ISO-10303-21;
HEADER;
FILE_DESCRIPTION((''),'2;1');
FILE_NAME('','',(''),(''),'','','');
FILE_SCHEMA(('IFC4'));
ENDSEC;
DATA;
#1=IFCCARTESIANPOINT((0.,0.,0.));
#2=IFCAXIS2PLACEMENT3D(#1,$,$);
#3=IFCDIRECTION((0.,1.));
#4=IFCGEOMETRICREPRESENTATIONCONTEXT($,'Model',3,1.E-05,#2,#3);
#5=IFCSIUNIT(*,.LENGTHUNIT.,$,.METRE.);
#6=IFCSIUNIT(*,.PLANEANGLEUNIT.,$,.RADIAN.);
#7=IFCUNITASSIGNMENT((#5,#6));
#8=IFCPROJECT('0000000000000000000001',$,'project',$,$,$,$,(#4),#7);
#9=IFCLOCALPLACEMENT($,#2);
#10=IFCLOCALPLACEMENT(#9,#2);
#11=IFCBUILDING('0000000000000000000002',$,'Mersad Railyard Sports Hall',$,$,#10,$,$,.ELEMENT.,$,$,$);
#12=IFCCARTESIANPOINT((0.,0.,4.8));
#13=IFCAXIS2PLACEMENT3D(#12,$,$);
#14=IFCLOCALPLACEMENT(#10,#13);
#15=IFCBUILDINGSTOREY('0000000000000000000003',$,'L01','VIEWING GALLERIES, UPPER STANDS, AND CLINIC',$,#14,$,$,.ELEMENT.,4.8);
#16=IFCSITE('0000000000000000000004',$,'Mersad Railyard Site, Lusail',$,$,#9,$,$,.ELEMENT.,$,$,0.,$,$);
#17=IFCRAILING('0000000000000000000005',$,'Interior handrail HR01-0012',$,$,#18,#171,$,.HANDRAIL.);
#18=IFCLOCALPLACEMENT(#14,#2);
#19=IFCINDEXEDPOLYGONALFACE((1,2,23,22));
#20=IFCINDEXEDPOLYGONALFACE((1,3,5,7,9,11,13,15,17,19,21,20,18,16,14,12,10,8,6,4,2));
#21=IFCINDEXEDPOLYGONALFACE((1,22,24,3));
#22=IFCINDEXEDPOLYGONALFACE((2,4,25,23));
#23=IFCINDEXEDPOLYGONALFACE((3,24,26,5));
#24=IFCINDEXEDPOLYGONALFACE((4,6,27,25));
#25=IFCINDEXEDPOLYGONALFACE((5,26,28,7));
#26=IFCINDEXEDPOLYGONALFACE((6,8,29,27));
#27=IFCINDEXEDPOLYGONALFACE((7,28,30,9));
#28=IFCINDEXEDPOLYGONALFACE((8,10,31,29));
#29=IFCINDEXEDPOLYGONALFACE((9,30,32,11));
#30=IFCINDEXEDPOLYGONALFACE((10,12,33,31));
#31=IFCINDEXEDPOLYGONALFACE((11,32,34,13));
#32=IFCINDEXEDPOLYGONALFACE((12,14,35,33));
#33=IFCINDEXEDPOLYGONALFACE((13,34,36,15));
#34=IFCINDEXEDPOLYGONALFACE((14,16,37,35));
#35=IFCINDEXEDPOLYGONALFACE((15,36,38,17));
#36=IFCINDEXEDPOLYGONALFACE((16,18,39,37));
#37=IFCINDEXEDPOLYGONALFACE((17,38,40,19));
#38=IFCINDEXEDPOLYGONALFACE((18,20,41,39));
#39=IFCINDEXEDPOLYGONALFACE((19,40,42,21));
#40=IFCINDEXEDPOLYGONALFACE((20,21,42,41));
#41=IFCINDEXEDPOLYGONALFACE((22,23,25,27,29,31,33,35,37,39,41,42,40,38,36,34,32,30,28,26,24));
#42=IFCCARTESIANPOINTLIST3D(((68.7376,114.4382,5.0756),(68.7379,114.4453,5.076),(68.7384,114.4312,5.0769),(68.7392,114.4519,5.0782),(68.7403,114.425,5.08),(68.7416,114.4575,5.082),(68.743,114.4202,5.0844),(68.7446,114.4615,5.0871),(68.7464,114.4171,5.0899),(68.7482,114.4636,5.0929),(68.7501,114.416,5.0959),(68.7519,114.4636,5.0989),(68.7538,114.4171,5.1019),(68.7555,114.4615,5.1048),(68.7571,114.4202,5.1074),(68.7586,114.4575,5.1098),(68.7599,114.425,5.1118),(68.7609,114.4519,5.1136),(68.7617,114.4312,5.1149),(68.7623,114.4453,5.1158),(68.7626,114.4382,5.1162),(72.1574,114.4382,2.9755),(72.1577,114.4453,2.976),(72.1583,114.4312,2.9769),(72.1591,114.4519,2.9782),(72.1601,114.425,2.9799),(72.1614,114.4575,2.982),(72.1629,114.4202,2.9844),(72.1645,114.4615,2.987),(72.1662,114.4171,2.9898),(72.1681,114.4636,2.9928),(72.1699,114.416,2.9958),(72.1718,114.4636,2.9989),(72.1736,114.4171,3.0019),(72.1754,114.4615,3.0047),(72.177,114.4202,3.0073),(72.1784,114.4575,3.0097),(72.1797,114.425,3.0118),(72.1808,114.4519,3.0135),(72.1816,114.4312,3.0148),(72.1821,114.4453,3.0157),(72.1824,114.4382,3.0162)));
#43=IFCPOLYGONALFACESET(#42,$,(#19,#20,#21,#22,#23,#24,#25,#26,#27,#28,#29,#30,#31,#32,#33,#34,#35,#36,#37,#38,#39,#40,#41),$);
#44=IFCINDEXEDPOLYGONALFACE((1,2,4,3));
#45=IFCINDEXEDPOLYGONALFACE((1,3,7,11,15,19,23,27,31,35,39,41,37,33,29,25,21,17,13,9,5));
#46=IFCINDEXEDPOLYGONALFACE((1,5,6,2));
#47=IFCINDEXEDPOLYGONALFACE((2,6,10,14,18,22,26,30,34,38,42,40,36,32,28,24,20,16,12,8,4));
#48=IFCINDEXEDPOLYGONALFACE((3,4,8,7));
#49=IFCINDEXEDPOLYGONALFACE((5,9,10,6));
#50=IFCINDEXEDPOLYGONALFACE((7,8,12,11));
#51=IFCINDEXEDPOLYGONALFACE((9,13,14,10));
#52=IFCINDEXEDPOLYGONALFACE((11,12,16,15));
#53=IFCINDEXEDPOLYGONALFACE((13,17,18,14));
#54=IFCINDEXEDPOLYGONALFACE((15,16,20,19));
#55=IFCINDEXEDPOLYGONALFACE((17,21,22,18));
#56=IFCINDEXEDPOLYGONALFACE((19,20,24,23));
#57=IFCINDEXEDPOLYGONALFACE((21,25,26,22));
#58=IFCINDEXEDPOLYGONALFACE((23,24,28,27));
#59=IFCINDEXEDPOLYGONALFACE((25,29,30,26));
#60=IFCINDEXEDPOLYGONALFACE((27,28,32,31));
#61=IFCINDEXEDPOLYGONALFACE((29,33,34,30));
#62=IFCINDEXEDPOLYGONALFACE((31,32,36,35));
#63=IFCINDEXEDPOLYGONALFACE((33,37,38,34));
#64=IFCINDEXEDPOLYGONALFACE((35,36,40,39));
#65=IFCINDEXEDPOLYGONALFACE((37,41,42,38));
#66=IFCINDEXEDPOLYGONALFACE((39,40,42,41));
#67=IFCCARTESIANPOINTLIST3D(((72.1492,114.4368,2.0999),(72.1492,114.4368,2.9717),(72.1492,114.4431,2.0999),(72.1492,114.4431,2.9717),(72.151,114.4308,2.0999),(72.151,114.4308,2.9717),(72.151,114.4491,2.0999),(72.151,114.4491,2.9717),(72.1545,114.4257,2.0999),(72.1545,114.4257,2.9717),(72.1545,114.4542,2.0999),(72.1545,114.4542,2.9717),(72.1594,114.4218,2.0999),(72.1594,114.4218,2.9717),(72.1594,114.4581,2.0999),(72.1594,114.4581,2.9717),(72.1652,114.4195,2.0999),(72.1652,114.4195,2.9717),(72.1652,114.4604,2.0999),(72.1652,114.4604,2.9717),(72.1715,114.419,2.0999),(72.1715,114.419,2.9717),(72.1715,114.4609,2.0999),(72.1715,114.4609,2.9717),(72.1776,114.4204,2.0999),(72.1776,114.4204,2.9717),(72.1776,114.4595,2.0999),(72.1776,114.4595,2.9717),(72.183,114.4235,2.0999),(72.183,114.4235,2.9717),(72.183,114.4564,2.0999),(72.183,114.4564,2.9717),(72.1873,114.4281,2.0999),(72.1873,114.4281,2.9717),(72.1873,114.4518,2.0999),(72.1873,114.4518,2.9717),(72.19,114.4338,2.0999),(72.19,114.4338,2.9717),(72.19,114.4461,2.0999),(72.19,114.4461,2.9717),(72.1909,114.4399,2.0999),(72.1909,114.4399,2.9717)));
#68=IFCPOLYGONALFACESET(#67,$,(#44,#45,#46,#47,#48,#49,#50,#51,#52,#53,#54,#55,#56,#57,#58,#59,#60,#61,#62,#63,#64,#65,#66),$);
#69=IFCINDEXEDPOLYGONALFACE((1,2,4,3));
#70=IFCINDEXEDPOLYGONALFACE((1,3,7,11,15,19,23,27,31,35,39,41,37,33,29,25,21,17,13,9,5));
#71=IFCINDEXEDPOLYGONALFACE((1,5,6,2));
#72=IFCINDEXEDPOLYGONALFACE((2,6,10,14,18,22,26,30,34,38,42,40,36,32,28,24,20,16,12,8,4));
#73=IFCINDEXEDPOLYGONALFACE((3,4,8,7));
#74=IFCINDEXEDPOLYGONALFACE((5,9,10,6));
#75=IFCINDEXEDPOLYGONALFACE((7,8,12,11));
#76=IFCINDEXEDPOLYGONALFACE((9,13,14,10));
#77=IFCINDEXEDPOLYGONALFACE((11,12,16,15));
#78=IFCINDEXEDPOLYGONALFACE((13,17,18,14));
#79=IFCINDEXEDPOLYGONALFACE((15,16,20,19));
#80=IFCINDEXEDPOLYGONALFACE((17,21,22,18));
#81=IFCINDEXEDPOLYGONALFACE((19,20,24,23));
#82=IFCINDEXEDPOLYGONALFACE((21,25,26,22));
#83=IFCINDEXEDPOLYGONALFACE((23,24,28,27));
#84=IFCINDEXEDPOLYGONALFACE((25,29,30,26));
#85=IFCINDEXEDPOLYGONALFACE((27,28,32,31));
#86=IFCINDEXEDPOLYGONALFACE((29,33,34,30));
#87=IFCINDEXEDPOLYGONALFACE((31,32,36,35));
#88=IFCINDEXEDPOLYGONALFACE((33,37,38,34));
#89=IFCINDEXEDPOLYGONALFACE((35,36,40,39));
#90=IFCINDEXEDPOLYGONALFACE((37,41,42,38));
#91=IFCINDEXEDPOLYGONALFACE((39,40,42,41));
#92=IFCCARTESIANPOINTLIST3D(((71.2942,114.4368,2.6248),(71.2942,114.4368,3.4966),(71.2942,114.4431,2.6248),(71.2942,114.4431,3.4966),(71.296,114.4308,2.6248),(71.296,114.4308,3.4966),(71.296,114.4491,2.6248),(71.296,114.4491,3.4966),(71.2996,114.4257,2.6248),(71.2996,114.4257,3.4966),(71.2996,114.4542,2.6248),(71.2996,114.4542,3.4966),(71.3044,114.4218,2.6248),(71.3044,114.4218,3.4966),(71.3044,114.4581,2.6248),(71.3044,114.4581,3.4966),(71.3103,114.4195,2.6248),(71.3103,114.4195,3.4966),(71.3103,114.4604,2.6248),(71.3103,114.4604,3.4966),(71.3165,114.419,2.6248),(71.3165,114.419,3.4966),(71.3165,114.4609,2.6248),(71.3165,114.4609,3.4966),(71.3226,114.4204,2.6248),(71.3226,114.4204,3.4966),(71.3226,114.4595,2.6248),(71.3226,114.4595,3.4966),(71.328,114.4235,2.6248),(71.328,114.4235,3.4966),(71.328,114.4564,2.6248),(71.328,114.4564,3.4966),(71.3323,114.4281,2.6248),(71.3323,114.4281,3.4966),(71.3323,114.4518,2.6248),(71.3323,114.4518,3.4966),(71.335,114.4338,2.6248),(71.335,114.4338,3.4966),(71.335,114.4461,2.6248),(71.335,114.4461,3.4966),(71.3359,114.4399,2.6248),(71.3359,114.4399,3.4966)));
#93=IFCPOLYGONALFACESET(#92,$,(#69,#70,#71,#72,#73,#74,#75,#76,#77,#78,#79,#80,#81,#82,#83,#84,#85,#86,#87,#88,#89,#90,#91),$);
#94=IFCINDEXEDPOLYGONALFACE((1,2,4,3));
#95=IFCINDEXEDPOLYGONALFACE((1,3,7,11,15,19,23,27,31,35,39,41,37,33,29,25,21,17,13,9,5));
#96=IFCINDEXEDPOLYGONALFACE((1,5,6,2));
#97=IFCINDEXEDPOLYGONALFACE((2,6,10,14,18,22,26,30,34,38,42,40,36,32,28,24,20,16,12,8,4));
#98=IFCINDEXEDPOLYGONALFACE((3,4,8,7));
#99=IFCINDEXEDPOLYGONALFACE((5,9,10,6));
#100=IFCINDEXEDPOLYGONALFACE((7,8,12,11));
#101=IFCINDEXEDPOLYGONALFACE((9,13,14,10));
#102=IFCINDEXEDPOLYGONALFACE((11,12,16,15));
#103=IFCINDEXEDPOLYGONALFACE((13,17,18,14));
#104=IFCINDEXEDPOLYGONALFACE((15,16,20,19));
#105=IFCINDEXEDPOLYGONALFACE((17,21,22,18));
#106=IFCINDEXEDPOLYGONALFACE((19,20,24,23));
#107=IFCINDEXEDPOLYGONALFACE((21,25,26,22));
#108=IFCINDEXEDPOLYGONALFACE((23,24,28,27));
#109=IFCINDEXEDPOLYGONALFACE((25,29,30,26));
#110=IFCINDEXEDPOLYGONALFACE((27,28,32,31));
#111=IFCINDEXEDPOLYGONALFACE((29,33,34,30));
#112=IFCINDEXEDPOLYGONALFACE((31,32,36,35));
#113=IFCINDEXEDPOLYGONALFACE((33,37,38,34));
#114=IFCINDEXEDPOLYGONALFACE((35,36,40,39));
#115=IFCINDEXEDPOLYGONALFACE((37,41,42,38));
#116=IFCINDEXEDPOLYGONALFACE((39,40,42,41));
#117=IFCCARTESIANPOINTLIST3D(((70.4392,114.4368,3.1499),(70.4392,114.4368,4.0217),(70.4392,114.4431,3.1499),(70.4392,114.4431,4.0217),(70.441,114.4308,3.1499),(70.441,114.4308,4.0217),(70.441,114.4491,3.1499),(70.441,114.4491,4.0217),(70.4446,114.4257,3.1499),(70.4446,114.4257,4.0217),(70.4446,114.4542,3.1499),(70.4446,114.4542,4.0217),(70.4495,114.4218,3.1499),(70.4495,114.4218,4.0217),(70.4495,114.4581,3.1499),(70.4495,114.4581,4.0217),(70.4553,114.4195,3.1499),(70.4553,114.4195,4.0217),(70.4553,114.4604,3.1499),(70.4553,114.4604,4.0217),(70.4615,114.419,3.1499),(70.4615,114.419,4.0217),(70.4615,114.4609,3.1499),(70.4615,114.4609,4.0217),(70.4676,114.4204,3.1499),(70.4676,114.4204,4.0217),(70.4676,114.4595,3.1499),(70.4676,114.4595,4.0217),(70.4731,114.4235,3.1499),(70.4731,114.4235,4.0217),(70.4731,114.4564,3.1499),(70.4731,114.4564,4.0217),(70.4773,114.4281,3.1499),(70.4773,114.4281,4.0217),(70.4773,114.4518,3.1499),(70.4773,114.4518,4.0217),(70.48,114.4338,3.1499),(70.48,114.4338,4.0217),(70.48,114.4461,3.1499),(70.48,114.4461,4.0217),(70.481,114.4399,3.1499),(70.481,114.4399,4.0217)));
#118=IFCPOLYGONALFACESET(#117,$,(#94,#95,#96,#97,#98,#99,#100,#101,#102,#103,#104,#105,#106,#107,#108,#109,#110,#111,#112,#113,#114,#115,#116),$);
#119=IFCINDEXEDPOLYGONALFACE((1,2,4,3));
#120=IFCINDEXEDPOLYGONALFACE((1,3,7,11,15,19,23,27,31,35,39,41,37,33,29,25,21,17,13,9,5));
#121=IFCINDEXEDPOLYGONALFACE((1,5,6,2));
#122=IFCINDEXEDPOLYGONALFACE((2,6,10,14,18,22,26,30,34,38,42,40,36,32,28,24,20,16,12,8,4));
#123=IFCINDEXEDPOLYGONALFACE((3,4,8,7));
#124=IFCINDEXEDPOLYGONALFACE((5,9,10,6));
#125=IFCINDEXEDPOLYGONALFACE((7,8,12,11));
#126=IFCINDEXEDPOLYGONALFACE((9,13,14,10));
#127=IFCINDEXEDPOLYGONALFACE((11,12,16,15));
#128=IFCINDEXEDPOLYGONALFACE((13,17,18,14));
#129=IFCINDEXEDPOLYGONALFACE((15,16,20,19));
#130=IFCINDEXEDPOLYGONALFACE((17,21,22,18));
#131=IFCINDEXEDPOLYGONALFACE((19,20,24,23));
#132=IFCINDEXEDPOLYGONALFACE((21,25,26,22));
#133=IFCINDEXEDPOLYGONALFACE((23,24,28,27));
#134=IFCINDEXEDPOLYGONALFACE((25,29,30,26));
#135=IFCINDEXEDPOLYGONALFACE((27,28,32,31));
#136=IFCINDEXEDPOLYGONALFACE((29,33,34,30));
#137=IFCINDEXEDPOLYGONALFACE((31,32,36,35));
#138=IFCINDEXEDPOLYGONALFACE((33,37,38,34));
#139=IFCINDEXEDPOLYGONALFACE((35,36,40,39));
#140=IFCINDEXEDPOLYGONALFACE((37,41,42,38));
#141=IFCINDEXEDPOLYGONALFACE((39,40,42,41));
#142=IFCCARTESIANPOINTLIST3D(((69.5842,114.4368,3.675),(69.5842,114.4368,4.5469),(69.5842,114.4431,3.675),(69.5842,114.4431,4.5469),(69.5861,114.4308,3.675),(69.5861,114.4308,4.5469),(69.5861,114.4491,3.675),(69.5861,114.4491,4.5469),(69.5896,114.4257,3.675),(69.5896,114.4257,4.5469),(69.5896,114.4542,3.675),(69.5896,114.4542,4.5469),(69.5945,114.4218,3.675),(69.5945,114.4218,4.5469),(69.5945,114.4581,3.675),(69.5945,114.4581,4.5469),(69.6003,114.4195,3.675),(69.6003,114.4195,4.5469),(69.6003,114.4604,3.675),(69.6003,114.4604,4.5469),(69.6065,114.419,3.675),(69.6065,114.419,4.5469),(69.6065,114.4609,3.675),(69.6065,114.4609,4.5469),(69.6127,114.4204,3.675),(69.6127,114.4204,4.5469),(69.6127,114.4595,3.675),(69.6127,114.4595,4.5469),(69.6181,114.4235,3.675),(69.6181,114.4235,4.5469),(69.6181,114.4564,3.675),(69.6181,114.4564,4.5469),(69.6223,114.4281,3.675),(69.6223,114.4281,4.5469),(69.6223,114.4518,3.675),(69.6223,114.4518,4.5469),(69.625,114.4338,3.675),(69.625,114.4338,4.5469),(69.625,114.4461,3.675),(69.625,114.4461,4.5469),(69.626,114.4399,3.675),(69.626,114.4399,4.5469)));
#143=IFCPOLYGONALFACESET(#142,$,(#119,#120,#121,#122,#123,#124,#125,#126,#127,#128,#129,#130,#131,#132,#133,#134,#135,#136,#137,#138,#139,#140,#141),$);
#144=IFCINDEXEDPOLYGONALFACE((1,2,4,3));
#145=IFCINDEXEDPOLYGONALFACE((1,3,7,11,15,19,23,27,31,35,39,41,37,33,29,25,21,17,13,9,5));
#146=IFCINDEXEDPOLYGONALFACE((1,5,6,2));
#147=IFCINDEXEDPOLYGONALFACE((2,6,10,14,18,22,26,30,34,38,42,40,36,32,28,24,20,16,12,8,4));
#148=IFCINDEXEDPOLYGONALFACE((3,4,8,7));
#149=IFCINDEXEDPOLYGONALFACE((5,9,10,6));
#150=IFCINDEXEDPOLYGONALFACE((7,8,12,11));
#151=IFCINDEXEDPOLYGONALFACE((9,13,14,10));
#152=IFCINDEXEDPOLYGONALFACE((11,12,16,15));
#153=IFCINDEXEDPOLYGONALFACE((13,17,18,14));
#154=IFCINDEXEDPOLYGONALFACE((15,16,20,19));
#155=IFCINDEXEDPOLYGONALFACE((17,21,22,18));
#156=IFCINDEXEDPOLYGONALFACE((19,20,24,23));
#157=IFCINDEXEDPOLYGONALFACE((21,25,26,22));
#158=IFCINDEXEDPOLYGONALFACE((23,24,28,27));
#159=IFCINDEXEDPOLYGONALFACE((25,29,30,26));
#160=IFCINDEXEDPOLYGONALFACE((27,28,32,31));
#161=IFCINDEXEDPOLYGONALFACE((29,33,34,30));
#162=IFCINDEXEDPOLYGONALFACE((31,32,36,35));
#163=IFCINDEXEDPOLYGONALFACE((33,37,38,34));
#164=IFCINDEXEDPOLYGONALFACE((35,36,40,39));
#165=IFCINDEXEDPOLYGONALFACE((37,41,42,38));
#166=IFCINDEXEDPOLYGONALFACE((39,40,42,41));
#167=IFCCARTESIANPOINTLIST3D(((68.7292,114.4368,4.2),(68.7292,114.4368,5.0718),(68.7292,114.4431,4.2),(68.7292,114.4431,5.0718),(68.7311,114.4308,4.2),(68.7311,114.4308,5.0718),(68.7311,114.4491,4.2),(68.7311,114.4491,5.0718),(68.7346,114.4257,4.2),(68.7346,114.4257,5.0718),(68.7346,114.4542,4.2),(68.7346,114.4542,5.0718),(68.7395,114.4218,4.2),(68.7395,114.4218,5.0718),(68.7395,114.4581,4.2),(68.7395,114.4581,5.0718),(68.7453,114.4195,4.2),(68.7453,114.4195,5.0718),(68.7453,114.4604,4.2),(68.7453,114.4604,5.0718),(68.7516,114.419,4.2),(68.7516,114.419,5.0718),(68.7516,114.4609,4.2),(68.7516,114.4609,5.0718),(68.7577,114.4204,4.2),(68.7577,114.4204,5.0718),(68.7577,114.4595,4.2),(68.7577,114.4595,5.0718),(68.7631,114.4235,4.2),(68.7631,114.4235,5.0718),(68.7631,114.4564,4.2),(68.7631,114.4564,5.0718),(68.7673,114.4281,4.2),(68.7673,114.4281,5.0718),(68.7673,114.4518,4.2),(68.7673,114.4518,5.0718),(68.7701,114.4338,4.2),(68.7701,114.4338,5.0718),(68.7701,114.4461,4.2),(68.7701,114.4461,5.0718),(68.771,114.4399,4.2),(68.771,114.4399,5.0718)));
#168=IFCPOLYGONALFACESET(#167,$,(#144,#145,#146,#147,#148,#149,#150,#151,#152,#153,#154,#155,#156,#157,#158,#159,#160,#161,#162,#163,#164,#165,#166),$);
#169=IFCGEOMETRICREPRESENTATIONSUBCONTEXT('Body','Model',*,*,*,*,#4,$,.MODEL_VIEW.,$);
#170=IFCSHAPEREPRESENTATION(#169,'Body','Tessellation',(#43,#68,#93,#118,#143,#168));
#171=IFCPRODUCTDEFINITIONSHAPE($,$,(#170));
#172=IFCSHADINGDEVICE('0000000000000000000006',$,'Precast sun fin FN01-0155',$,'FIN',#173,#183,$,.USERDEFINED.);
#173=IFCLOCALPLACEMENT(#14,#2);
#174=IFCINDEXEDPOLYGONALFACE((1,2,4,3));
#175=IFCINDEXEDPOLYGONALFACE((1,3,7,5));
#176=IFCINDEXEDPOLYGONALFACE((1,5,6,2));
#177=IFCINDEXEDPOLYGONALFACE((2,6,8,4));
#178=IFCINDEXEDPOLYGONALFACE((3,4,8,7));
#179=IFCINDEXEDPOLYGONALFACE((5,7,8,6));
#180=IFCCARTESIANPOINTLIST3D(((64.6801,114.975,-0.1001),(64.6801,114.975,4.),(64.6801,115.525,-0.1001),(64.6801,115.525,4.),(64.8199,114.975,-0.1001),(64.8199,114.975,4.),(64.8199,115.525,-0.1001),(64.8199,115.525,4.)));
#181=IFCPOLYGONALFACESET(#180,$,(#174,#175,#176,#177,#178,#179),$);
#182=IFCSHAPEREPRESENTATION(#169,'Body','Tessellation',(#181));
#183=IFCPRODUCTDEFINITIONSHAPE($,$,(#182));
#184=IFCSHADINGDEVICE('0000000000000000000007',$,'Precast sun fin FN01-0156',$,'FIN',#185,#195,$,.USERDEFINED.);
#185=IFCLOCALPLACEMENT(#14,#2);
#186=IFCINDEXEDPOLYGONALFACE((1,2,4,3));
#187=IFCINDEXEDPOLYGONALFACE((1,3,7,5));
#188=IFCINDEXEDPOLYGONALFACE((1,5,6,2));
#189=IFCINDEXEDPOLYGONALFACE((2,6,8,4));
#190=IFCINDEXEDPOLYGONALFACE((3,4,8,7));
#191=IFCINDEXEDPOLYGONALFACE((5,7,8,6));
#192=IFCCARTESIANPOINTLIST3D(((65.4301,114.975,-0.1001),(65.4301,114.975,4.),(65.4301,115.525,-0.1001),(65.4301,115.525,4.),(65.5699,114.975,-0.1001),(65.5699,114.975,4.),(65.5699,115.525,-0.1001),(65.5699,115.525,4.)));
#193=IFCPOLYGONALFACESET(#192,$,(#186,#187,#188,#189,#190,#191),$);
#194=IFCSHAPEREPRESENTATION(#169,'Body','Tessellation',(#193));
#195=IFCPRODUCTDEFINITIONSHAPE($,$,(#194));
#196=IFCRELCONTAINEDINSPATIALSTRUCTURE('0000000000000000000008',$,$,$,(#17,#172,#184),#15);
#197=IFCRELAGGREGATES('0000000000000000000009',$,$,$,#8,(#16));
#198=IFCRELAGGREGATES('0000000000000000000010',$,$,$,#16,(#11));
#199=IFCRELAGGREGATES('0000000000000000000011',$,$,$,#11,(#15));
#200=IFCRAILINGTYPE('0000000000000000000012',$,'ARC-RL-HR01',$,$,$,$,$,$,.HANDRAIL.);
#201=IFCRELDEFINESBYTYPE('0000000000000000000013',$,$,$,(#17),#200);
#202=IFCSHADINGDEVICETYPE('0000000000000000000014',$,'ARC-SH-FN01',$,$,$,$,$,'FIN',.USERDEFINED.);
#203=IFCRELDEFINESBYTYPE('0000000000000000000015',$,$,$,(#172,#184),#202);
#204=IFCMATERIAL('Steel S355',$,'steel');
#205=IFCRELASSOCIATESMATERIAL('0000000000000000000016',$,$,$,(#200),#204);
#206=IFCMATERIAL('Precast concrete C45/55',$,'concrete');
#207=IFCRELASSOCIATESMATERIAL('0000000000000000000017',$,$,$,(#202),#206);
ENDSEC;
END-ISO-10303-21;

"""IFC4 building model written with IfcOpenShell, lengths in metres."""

from ifc_helpers import new_model, si_unit, direction, frame, origin, origin_2d, place, context, subcontext, project, spatial, rectangle, circle, extrude, material, type_object, element, save


model = new_model("IFC4")

# Units and contexts
model_context = context("Model", 3, precision=1e-05, world=origin(), true_north=direction((0.0, 1.0)))
body_context = subcontext(model_context, "Body", "Model", "MODEL_VIEW")
ifc_project = project(units=[si_unit("LENGTHUNIT", "METRE"), si_unit("PLANEANGLEUNIT", "RADIAN")], contexts=[model_context])

# Site, building, storey
site_placement = place(None, origin())
site = spatial("IfcSite", under=ifc_project, at=site_placement, Name="Mersad Railyard Site, Lusail", CompositionType="ELEMENT", RefElevation=0.0)
building_placement = place(site_placement, origin())
building = spatial("IfcBuilding", under=site, at=building_placement, Name="Mersad Railyard Sports Hall", CompositionType="ELEMENT")
storey_placement = place(building_placement, frame((0.0, 0.0, 4.8)))
storey = spatial("IfcBuildingStorey", under=building, at=storey_placement, Name="L01", Description="VIEWING GALLERIES, UPPER STANDS, AND CLINIC", CompositionType="ELEMENT", Elevation=4.8)

# Shared definitions
ifc_material_1 = material(Name="Steel S355", Category="steel")

# Railing
railing_type_1 = type_object("IfcRailingType", Name="ARC-RL-HR01", PredefinedType="HANDRAIL", material=ifc_material_1)
railing_1_placement = place(storey_placement, frame((72.1699, 114.4399, 2.0999)))
element("IfcRailing", 1, at=railing_1_placement, inside=storey, type_object=railing_type_1, Name="Interior handrail HR01-0012", PredefinedType="HANDRAIL", context=body_context, shape_type="SweptSolid", body=[
    extrude(circle(Radius=0.0239, at=origin_2d()), frame((0.0, 0.0, 0.896), z_axis=(-0.852155, 0.0, 0.523289), x_axis=(0.0, -1.0, 0.0)), (0.0, 0.0, 1.0), 4.0132),
    extrude(circle(Radius=0.021, at=origin_2d()), origin(), (0.0, 0.0, 1.0), 0.8718),
    extrude(circle(Radius=0.021, at=origin_2d()), frame((-0.855, 0.0, 0.5249)), (0.0, 0.0, 1.0), 0.8718),
    extrude(circle(Radius=0.021, at=origin_2d()), frame((-1.71, 0.0, 1.05)), (0.0, 0.0, 1.0), 0.8718),
    extrude(circle(Radius=0.021, at=origin_2d()), frame((-2.5649, 0.0, 1.5752)), (0.0, 0.0, 1.0), 0.8718),
    extrude(circle(Radius=0.021, at=origin_2d()), frame((-3.4199, 0.0, 2.1001)), (0.0, 0.0, 1.0), 0.8718),
])

# Shading devices
ifc_material_2 = material(Name="Precast concrete C45/55", Category="concrete")
shading_device_type = type_object("IfcShadingDeviceType", Name="ARC-SH-FN01", ElementType="FIN", PredefinedType="USERDEFINED", material=ifc_material_2)
for number, where, z_axis, x_axis, name in (
    (2, (64.75, 115.25, -0.1001), (0.0, 0.0, 1.0), (1.0, 0.0, 0.0), "Precast sun fin FN01-0155"),
    (3, (65.5, 115.25, -0.1001), (0.0, 0.0, 1.0), (1.0, 0.0, 0.0), "Precast sun fin FN01-0156"),
):
    element("IfcShadingDevice", number, at=place(storey_placement, frame(where, z_axis=z_axis, x_axis=x_axis)), inside=storey, type_object=shading_device_type, Name=name, ObjectType="FIN", PredefinedType="USERDEFINED", context=body_context, shape_type="SweptSolid", body=[
        extrude(rectangle(XDim=0.1399, YDim=0.55, at=origin_2d()), origin(), (0.0, 0.0, 1.0), 4.1001),
    ])

save(model, "model.ifc")
